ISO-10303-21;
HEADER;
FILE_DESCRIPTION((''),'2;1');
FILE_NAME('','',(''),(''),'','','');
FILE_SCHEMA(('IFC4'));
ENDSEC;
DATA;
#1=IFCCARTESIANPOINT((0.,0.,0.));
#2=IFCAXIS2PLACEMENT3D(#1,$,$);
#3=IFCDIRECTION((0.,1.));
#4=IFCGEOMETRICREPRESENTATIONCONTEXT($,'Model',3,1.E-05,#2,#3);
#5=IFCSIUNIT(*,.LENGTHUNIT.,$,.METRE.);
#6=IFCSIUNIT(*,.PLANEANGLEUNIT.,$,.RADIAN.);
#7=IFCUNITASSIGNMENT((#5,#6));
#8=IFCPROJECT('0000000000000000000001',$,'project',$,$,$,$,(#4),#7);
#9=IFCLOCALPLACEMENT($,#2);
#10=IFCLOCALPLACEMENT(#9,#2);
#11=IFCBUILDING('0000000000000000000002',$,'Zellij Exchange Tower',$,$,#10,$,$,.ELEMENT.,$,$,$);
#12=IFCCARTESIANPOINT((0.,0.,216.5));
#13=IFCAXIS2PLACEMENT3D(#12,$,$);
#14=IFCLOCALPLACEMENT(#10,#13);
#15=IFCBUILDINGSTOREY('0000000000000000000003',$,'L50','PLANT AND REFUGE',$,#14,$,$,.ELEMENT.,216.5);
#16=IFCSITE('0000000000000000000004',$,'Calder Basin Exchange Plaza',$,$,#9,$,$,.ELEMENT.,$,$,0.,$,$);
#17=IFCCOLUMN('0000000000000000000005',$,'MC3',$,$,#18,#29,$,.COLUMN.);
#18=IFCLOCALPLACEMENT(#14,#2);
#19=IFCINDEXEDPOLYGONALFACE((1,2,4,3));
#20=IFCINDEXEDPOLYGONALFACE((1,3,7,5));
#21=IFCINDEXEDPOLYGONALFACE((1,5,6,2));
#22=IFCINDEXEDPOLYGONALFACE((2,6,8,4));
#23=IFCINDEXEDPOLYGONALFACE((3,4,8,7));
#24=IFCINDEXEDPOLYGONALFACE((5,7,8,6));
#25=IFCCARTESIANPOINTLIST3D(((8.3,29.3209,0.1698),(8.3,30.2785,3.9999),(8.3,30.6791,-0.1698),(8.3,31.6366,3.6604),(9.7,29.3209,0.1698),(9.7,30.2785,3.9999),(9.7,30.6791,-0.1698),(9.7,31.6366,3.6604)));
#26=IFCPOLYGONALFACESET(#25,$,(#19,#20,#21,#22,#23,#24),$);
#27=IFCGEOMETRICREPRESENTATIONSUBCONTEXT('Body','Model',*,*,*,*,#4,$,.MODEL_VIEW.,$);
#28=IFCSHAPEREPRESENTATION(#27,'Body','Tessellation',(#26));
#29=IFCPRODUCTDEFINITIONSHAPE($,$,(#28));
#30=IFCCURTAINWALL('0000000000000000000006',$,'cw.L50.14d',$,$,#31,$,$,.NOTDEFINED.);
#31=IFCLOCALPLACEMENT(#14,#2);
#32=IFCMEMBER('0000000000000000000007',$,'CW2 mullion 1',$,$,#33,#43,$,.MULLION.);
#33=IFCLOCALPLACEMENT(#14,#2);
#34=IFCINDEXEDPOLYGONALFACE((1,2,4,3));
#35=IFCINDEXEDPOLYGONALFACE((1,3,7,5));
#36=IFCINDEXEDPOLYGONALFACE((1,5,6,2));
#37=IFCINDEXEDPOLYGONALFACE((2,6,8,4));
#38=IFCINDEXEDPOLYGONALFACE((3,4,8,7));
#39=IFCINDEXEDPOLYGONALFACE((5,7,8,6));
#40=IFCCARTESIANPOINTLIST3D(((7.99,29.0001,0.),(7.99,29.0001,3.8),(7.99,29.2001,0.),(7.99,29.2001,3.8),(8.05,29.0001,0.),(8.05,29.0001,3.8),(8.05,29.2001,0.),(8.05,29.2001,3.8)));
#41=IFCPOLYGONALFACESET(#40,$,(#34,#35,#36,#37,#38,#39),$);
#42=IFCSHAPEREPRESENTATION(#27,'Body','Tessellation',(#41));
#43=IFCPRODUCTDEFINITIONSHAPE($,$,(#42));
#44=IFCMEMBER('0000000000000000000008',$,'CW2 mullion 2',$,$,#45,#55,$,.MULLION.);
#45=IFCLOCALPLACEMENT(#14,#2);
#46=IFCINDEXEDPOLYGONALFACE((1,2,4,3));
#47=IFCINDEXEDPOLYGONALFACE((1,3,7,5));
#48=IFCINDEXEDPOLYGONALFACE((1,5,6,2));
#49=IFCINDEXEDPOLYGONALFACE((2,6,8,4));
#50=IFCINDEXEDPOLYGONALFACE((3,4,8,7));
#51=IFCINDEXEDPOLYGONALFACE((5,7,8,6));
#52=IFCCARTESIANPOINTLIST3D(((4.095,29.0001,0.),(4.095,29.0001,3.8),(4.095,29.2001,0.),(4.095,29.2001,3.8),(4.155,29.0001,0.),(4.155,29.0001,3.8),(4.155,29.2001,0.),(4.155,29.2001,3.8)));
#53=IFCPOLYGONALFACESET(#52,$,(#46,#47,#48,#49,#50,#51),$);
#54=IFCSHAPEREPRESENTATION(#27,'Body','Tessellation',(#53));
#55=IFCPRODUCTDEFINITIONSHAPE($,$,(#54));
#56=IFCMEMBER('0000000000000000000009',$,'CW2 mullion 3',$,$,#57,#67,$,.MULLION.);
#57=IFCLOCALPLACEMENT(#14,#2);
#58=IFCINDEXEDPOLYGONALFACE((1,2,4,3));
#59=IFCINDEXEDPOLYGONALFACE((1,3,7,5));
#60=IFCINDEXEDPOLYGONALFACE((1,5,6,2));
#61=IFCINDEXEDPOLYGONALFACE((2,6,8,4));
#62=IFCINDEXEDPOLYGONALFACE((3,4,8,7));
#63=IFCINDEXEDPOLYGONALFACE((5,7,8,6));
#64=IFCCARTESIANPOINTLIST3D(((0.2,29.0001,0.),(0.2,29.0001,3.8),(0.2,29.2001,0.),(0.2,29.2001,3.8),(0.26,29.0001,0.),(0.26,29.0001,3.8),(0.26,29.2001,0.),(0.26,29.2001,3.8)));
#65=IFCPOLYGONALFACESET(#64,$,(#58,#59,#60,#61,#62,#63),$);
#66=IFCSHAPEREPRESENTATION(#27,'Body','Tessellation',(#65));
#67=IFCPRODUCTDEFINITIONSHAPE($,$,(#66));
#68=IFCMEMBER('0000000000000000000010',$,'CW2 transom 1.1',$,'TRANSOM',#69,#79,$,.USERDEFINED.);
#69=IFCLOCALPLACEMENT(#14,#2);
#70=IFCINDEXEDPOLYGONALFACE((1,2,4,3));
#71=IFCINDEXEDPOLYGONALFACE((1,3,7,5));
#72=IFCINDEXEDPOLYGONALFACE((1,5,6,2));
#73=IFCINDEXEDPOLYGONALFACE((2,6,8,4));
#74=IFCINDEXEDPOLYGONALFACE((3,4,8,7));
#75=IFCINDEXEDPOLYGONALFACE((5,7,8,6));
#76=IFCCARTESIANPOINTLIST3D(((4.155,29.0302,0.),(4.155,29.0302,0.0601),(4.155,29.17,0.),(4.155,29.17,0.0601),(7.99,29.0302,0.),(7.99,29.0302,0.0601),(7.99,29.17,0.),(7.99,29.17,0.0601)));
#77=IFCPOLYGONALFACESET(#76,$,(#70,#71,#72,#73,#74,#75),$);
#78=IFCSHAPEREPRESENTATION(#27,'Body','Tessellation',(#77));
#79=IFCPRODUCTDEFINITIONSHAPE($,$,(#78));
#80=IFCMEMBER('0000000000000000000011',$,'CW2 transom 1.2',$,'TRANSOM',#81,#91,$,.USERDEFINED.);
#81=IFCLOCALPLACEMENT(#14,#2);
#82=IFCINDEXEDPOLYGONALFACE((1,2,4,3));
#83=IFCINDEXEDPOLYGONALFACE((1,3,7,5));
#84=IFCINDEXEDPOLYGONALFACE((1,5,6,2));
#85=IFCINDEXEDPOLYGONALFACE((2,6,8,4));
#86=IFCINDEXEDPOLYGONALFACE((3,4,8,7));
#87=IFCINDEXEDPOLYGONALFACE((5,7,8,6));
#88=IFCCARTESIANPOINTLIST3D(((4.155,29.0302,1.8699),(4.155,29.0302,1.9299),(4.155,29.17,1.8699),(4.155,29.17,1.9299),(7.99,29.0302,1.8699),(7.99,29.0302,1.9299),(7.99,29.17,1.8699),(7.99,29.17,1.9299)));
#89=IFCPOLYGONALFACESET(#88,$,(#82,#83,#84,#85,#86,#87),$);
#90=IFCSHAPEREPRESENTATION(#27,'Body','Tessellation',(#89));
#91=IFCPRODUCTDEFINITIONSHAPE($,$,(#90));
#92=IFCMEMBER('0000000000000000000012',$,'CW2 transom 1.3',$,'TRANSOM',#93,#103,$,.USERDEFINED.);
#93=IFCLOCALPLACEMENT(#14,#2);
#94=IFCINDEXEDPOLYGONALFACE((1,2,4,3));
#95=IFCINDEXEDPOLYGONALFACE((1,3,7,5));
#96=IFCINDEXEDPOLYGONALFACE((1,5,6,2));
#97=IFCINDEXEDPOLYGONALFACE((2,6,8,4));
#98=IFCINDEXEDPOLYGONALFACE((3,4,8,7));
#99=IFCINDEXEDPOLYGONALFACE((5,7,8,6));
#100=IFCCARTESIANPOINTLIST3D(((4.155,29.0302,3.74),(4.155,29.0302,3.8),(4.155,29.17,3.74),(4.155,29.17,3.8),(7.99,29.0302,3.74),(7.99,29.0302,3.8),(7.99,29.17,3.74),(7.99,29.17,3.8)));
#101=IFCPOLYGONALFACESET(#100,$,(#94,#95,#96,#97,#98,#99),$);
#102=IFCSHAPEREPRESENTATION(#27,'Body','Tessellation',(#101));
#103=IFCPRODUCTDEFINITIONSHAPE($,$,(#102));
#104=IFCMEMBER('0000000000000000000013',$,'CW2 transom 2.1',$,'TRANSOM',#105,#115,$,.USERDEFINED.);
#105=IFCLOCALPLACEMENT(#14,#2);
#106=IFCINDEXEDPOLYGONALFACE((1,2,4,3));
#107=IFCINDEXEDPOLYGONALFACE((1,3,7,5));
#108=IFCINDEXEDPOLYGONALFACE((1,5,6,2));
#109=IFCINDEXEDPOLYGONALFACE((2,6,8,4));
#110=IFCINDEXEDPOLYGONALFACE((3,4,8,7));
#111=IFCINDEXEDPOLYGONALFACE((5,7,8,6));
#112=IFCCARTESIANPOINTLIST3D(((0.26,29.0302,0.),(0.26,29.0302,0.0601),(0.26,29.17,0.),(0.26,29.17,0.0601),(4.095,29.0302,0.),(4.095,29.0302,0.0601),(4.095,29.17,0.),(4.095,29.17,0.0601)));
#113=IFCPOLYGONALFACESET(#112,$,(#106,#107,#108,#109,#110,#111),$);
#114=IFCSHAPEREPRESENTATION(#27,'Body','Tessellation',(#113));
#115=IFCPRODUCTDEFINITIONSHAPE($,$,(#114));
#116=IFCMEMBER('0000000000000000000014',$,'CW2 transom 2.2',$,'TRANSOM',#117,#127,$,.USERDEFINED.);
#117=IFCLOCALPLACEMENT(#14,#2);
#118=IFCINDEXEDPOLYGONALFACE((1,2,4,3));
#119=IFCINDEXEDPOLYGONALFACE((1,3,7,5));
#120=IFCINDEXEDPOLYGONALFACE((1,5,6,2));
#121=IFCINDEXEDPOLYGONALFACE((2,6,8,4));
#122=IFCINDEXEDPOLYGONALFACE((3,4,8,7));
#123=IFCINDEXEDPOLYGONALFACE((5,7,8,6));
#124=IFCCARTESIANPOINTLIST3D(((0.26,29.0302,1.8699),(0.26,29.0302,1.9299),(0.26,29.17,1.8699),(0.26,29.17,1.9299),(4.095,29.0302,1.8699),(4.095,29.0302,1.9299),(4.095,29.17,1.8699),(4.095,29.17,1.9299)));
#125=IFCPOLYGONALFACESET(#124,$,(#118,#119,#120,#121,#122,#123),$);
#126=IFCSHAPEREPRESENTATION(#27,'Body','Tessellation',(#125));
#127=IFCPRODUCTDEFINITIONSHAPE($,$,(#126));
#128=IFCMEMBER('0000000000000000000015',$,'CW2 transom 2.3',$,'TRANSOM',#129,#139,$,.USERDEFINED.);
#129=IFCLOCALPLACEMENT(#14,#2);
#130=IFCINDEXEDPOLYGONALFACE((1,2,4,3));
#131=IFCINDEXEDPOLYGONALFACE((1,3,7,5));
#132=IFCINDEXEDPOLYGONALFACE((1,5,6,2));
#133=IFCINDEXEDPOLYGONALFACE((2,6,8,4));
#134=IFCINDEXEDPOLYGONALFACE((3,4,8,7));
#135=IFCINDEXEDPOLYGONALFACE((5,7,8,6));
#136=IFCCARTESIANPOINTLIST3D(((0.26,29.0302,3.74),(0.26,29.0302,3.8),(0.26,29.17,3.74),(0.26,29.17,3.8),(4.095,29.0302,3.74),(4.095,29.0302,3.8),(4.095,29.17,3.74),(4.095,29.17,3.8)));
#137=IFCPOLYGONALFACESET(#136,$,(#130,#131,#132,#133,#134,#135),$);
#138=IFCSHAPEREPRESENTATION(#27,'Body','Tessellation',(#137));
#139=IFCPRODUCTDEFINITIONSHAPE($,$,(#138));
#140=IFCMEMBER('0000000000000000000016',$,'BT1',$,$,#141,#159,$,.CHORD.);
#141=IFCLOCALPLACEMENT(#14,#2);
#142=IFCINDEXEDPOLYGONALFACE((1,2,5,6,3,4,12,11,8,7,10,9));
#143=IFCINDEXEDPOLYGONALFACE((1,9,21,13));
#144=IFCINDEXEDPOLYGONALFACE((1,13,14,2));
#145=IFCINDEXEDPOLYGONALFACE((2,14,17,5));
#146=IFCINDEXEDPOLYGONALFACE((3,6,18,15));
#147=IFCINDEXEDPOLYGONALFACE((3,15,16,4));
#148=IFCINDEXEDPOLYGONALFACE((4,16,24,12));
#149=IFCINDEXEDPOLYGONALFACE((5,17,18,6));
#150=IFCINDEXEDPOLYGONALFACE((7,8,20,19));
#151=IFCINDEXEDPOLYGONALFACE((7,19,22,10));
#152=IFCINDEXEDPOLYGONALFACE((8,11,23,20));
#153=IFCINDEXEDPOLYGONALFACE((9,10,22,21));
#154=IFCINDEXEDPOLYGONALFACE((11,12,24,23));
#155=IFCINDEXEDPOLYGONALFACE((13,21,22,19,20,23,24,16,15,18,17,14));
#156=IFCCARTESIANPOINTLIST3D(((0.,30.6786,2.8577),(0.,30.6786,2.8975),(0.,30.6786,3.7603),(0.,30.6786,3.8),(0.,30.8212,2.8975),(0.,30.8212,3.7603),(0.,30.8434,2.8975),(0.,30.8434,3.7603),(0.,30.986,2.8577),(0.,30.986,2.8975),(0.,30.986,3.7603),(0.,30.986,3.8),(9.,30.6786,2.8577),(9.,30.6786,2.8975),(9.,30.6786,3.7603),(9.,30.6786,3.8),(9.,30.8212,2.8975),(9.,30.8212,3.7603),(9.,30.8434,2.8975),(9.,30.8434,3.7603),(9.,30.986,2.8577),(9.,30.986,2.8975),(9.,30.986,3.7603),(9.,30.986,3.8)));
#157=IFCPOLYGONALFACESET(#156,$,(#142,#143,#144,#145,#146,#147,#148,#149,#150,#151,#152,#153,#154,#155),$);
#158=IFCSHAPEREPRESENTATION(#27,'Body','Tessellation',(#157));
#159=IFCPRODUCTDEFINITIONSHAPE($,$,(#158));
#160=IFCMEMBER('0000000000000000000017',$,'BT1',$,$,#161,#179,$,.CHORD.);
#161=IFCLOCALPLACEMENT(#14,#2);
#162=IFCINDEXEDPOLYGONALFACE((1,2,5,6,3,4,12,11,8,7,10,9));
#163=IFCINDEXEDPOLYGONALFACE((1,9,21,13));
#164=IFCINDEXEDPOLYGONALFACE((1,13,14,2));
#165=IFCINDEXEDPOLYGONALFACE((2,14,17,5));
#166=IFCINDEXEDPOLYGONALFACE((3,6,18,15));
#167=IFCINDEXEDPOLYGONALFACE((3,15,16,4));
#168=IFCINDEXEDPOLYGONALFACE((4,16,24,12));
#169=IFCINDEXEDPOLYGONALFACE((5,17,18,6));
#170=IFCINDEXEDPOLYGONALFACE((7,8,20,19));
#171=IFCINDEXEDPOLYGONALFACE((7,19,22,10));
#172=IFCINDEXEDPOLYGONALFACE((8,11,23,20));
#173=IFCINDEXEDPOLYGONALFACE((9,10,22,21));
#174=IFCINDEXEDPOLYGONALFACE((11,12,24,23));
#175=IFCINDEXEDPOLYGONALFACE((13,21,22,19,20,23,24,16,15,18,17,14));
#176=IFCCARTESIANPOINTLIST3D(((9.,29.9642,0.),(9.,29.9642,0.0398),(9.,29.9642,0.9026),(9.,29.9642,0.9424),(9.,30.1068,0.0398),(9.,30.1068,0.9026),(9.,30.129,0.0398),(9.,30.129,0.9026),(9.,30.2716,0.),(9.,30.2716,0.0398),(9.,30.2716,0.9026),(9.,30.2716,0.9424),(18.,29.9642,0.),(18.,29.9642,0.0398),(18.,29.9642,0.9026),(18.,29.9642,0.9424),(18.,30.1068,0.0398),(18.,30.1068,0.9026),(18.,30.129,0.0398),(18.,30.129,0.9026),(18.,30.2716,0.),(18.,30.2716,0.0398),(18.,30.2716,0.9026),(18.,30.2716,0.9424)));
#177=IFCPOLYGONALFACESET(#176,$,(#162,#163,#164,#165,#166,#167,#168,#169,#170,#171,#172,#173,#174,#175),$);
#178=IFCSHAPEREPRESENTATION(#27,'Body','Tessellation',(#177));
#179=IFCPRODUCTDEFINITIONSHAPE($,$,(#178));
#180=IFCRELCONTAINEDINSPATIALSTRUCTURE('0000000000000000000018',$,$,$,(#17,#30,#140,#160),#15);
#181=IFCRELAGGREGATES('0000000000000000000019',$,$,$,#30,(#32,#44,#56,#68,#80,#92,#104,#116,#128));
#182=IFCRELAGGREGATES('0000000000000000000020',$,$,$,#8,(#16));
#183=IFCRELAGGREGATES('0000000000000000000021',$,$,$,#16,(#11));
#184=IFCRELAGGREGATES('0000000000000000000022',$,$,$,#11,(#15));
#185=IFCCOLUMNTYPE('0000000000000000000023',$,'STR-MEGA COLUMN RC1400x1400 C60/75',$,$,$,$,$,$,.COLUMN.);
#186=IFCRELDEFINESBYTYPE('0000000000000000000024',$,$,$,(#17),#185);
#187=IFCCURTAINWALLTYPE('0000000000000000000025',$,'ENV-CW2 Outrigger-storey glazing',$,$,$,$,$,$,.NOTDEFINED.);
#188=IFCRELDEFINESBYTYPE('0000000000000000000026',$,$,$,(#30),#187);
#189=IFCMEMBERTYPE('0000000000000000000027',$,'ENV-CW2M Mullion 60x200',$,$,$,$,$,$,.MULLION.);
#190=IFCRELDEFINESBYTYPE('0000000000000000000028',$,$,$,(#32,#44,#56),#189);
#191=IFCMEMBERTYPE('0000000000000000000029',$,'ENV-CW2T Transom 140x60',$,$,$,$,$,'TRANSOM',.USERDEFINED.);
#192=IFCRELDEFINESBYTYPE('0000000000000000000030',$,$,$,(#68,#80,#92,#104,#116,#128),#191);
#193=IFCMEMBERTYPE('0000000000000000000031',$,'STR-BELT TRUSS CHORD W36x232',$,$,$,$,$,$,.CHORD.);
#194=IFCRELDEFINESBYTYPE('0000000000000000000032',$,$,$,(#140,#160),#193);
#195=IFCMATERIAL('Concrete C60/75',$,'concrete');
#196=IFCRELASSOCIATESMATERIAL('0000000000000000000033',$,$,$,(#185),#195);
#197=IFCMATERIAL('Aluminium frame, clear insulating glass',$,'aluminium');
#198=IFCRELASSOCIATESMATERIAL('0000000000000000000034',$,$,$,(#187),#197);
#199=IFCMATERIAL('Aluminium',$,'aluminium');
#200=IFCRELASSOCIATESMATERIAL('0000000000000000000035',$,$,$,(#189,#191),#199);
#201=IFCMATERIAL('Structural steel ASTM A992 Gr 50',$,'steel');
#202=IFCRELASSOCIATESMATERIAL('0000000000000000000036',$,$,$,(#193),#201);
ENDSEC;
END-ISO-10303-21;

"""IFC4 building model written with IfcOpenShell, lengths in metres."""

from ifc_helpers import new_model, si_unit, direction, frame, origin, origin_2d, place, context, subcontext, project, spatial, rectangle, i_section, extrude, clip, halfspace, material, material_profile, profile_set, type_object, element, aggregate, save


model = new_model("IFC4")

# Units and contexts
model_context = context("Model", 3, precision=1e-05, world=origin(), true_north=direction((0.0, 1.0)))
body_context = subcontext(model_context, "Body", "Model", "MODEL_VIEW")
ifc_project = project(units=[si_unit("LENGTHUNIT", "METRE"), si_unit("PLANEANGLEUNIT", "RADIAN")], contexts=[model_context])

# Site, building, storey
site_placement = place(None, origin())
site = spatial("IfcSite", under=ifc_project, at=site_placement, Name="Calder Basin Exchange Plaza", CompositionType="ELEMENT", RefElevation=0.0)
building_placement = place(site_placement, origin())
building = spatial("IfcBuilding", under=site, at=building_placement, Name="Zellij Exchange Tower", CompositionType="ELEMENT")
storey_placement = place(building_placement, frame((0.0, 0.0, 216.5)))
storey = spatial("IfcBuildingStorey", under=building, at=storey_placement, Name="L50", Description="PLANT AND REFUGE", CompositionType="ELEMENT", Elevation=216.5)

# Column
ifc_material_1 = material(Name="Concrete C60/75", Category="concrete")
ifc_material_profile_1 = material_profile(ifc_material_1, rectangle(XDim=1.3999, YDim=1.3999, at=origin_2d()), Name="STR-MEGA COLUMN RC1400x1400 C60/75")
ifc_profile_set_1 = profile_set([ifc_material_profile_1], Name="Concrete C60/75")
column_type = type_object("IfcColumnType", Name="STR-MEGA COLUMN RC1400x1400 C60/75", PredefinedType="COLUMN", material=ifc_profile_set_1)
column_placement = place(storey_placement, frame((9.0, 30.0, 0.0), z_axis=(0.0, 0.242536, 0.970143), x_axis=(-1.0, 0.0, 0.0)))
element("IfcColumn", 1, at=column_placement, inside=storey, type_object=column_type, Name="MC3", PredefinedType="COLUMN", context=body_context, shape_type="Clipping", body=[
    clip(extrude(rectangle(XDim=1.3999, YDim=1.3999, at=origin_2d()), origin(), (0.0, 0.0, 1.0), 4.123), halfspace(frame((0.0, 0.0, 3.948)), False)),
])

# Curtain wall, members
ifc_material_2 = material(Name="Aluminium frame, clear insulating glass", Category="aluminium")
curtain_wall_type = type_object("IfcCurtainWallType", Name="ENV-CW2 Outrigger-storey glazing", PredefinedType="NOTDEFINED", material=ifc_material_2)
curtain_wall_placement = place(storey_placement, origin())
curtain_wall = element("IfcCurtainWall", 2, at=curtain_wall_placement, inside=storey, type_object=curtain_wall_type, Name="cw.L50.14d", PredefinedType="NOTDEFINED")
ifc_material_3 = material(Name="Aluminium", Category="aluminium")
ifc_material_profile_2 = material_profile(ifc_material_3, rectangle(XDim=0.0601, YDim=0.2, at=origin_2d()), Name="AL 60x200")
ifc_profile_set_2 = profile_set([ifc_material_profile_2], Name="Aluminium")
member_type_1 = type_object("IfcMemberType", Name="ENV-CW2M Mullion 60x200", PredefinedType="MULLION", material=ifc_profile_set_2)
member_1_placement = place(storey_placement, frame((8.02, 29.1001, 0.0), z_axis=(0.0, 0.0, 1.0), x_axis=(-1.0, 0.0, 0.0)))
member_1 = element("IfcMember", 3, at=member_1_placement, type_object=member_type_1, Name="CW2 mullion 1", PredefinedType="MULLION", context=body_context, shape_type="SweptSolid", body=[
    extrude(rectangle(XDim=0.0601, YDim=0.2, at=origin_2d()), origin(), (0.0, 0.0, 1.0), 3.8),
])
member_2_placement = place(storey_placement, frame((4.125, 29.1001, 0.0), z_axis=(0.0, 0.0, 1.0), x_axis=(-1.0, 0.0, 0.0)))
member_2 = element("IfcMember", 4, at=member_2_placement, type_object=member_type_1, Name="CW2 mullion 2", PredefinedType="MULLION", context=body_context, shape_type="SweptSolid", body=[
    extrude(rectangle(XDim=0.0601, YDim=0.2, at=origin_2d()), origin(), (0.0, 0.0, 1.0), 3.8),
])
member_3_placement = place(storey_placement, frame((0.23, 29.1001, 0.0), z_axis=(0.0, 0.0, 1.0), x_axis=(-1.0, 0.0, 0.0)))
member_3 = element("IfcMember", 5, at=member_3_placement, type_object=member_type_1, Name="CW2 mullion 3", PredefinedType="MULLION", context=body_context, shape_type="SweptSolid", body=[
    extrude(rectangle(XDim=0.0601, YDim=0.2, at=origin_2d()), origin(), (0.0, 0.0, 1.0), 3.8),
])
ifc_material_profile_3 = material_profile(ifc_material_3, rectangle(XDim=0.1399, YDim=0.0601, at=origin_2d()), Name="AL 140x60")
ifc_profile_set_3 = profile_set([ifc_material_profile_3], Name="Aluminium")
member_type_2 = type_object("IfcMemberType", Name="ENV-CW2T Transom 140x60", ElementType="TRANSOM", PredefinedType="USERDEFINED", material=ifc_profile_set_3)
member_4_placement = place(storey_placement, frame((7.99, 29.1001, 0.03), z_axis=(-1.0, 0.0, 0.0), x_axis=(0.0, -1.0, 0.0)))
member_4 = element("IfcMember", 6, at=member_4_placement, type_object=member_type_2, Name="CW2 transom 1.1", ObjectType="TRANSOM", PredefinedType="USERDEFINED", context=body_context, shape_type="SweptSolid", body=[
    extrude(rectangle(XDim=0.1399, YDim=0.0601, at=origin_2d()), origin(), (0.0, 0.0, 1.0), 3.835),
])
member_5_placement = place(storey_placement, frame((7.99, 29.1001, 1.8999), z_axis=(-1.0, 0.0, 0.0), x_axis=(0.0, -1.0, 0.0)))
member_5 = element("IfcMember", 7, at=member_5_placement, type_object=member_type_2, Name="CW2 transom 1.2", ObjectType="TRANSOM", PredefinedType="USERDEFINED", context=body_context, shape_type="SweptSolid", body=[
    extrude(rectangle(XDim=0.1399, YDim=0.0601, at=origin_2d()), origin(), (0.0, 0.0, 1.0), 3.835),
])
member_6_placement = place(storey_placement, frame((7.99, 29.1001, 3.77), z_axis=(-1.0, 0.0, 0.0), x_axis=(0.0, -1.0, 0.0)))
member_6 = element("IfcMember", 8, at=member_6_placement, type_object=member_type_2, Name="CW2 transom 1.3", ObjectType="TRANSOM", PredefinedType="USERDEFINED", context=body_context, shape_type="SweptSolid", body=[
    extrude(rectangle(XDim=0.1399, YDim=0.0601, at=origin_2d()), origin(), (0.0, 0.0, 1.0), 3.835),
])
member_7_placement = place(storey_placement, frame((4.095, 29.1001, 0.03), z_axis=(-1.0, 0.0, 0.0), x_axis=(0.0, -1.0, 0.0)))
member_7 = element("IfcMember", 9, at=member_7_placement, type_object=member_type_2, Name="CW2 transom 2.1", ObjectType="TRANSOM", PredefinedType="USERDEFINED", context=body_context, shape_type="SweptSolid", body=[
    extrude(rectangle(XDim=0.1399, YDim=0.0601, at=origin_2d()), origin(), (0.0, 0.0, 1.0), 3.835),
])
member_8_placement = place(storey_placement, frame((4.095, 29.1001, 1.8999), z_axis=(-1.0, 0.0, 0.0), x_axis=(0.0, -1.0, 0.0)))
member_8 = element("IfcMember", 10, at=member_8_placement, type_object=member_type_2, Name="CW2 transom 2.2", ObjectType="TRANSOM", PredefinedType="USERDEFINED", context=body_context, shape_type="SweptSolid", body=[
    extrude(rectangle(XDim=0.1399, YDim=0.0601, at=origin_2d()), origin(), (0.0, 0.0, 1.0), 3.835),
])
member_9_placement = place(storey_placement, frame((4.095, 29.1001, 3.77), z_axis=(-1.0, 0.0, 0.0), x_axis=(0.0, -1.0, 0.0)))
member_9 = element("IfcMember", 11, at=member_9_placement, type_object=member_type_2, Name="CW2 transom 2.3", ObjectType="TRANSOM", PredefinedType="USERDEFINED", context=body_context, shape_type="SweptSolid", body=[
    extrude(rectangle(XDim=0.1399, YDim=0.0601, at=origin_2d()), origin(), (0.0, 0.0, 1.0), 3.835),
])

# Members
ifc_material_4 = material(Name="Structural steel ASTM A992 Gr 50", Category="steel")
ifc_material_profile_4 = material_profile(ifc_material_4, i_section(OverallWidth=0.3074, OverallDepth=0.9424, WebThickness=0.0222, FlangeThickness=0.0398, at=origin_2d()), Name="W36x232")
ifc_profile_set_4 = profile_set([ifc_material_profile_4], Name="Structural steel ASTM A992 Gr 50")
member_type_3 = type_object("IfcMemberType", Name="STR-BELT TRUSS CHORD W36x232", PredefinedType="CHORD", material=ifc_profile_set_4)
for number, where, z_axis, x_axis, name in (
    (12, (0.0, 30.8323, 3.3289), (1.0, 0.0, 0.0), (0.0, 1.0, 0.0), "BT1"),
    (13, (9.0, 30.1179, 0.4712), (1.0, 0.0, 0.0), (0.0, 1.0, 0.0), "BT1"),
):
    element("IfcMember", number, at=place(storey_placement, frame(where, z_axis=z_axis, x_axis=x_axis)), inside=storey, type_object=member_type_3, Name=name, PredefinedType="CHORD", context=body_context, shape_type="SweptSolid", body=[
        extrude(i_section(OverallWidth=0.3074, OverallDepth=0.9424, WebThickness=0.0222, FlangeThickness=0.0398, at=origin_2d()), origin(), (0.0, 0.0, 1.0), 9.0),
    ])

aggregate(curtain_wall, [member_1, member_2, member_3, member_4, member_5, member_6, member_7, member_8, member_9])

save(model, "model.ifc")
